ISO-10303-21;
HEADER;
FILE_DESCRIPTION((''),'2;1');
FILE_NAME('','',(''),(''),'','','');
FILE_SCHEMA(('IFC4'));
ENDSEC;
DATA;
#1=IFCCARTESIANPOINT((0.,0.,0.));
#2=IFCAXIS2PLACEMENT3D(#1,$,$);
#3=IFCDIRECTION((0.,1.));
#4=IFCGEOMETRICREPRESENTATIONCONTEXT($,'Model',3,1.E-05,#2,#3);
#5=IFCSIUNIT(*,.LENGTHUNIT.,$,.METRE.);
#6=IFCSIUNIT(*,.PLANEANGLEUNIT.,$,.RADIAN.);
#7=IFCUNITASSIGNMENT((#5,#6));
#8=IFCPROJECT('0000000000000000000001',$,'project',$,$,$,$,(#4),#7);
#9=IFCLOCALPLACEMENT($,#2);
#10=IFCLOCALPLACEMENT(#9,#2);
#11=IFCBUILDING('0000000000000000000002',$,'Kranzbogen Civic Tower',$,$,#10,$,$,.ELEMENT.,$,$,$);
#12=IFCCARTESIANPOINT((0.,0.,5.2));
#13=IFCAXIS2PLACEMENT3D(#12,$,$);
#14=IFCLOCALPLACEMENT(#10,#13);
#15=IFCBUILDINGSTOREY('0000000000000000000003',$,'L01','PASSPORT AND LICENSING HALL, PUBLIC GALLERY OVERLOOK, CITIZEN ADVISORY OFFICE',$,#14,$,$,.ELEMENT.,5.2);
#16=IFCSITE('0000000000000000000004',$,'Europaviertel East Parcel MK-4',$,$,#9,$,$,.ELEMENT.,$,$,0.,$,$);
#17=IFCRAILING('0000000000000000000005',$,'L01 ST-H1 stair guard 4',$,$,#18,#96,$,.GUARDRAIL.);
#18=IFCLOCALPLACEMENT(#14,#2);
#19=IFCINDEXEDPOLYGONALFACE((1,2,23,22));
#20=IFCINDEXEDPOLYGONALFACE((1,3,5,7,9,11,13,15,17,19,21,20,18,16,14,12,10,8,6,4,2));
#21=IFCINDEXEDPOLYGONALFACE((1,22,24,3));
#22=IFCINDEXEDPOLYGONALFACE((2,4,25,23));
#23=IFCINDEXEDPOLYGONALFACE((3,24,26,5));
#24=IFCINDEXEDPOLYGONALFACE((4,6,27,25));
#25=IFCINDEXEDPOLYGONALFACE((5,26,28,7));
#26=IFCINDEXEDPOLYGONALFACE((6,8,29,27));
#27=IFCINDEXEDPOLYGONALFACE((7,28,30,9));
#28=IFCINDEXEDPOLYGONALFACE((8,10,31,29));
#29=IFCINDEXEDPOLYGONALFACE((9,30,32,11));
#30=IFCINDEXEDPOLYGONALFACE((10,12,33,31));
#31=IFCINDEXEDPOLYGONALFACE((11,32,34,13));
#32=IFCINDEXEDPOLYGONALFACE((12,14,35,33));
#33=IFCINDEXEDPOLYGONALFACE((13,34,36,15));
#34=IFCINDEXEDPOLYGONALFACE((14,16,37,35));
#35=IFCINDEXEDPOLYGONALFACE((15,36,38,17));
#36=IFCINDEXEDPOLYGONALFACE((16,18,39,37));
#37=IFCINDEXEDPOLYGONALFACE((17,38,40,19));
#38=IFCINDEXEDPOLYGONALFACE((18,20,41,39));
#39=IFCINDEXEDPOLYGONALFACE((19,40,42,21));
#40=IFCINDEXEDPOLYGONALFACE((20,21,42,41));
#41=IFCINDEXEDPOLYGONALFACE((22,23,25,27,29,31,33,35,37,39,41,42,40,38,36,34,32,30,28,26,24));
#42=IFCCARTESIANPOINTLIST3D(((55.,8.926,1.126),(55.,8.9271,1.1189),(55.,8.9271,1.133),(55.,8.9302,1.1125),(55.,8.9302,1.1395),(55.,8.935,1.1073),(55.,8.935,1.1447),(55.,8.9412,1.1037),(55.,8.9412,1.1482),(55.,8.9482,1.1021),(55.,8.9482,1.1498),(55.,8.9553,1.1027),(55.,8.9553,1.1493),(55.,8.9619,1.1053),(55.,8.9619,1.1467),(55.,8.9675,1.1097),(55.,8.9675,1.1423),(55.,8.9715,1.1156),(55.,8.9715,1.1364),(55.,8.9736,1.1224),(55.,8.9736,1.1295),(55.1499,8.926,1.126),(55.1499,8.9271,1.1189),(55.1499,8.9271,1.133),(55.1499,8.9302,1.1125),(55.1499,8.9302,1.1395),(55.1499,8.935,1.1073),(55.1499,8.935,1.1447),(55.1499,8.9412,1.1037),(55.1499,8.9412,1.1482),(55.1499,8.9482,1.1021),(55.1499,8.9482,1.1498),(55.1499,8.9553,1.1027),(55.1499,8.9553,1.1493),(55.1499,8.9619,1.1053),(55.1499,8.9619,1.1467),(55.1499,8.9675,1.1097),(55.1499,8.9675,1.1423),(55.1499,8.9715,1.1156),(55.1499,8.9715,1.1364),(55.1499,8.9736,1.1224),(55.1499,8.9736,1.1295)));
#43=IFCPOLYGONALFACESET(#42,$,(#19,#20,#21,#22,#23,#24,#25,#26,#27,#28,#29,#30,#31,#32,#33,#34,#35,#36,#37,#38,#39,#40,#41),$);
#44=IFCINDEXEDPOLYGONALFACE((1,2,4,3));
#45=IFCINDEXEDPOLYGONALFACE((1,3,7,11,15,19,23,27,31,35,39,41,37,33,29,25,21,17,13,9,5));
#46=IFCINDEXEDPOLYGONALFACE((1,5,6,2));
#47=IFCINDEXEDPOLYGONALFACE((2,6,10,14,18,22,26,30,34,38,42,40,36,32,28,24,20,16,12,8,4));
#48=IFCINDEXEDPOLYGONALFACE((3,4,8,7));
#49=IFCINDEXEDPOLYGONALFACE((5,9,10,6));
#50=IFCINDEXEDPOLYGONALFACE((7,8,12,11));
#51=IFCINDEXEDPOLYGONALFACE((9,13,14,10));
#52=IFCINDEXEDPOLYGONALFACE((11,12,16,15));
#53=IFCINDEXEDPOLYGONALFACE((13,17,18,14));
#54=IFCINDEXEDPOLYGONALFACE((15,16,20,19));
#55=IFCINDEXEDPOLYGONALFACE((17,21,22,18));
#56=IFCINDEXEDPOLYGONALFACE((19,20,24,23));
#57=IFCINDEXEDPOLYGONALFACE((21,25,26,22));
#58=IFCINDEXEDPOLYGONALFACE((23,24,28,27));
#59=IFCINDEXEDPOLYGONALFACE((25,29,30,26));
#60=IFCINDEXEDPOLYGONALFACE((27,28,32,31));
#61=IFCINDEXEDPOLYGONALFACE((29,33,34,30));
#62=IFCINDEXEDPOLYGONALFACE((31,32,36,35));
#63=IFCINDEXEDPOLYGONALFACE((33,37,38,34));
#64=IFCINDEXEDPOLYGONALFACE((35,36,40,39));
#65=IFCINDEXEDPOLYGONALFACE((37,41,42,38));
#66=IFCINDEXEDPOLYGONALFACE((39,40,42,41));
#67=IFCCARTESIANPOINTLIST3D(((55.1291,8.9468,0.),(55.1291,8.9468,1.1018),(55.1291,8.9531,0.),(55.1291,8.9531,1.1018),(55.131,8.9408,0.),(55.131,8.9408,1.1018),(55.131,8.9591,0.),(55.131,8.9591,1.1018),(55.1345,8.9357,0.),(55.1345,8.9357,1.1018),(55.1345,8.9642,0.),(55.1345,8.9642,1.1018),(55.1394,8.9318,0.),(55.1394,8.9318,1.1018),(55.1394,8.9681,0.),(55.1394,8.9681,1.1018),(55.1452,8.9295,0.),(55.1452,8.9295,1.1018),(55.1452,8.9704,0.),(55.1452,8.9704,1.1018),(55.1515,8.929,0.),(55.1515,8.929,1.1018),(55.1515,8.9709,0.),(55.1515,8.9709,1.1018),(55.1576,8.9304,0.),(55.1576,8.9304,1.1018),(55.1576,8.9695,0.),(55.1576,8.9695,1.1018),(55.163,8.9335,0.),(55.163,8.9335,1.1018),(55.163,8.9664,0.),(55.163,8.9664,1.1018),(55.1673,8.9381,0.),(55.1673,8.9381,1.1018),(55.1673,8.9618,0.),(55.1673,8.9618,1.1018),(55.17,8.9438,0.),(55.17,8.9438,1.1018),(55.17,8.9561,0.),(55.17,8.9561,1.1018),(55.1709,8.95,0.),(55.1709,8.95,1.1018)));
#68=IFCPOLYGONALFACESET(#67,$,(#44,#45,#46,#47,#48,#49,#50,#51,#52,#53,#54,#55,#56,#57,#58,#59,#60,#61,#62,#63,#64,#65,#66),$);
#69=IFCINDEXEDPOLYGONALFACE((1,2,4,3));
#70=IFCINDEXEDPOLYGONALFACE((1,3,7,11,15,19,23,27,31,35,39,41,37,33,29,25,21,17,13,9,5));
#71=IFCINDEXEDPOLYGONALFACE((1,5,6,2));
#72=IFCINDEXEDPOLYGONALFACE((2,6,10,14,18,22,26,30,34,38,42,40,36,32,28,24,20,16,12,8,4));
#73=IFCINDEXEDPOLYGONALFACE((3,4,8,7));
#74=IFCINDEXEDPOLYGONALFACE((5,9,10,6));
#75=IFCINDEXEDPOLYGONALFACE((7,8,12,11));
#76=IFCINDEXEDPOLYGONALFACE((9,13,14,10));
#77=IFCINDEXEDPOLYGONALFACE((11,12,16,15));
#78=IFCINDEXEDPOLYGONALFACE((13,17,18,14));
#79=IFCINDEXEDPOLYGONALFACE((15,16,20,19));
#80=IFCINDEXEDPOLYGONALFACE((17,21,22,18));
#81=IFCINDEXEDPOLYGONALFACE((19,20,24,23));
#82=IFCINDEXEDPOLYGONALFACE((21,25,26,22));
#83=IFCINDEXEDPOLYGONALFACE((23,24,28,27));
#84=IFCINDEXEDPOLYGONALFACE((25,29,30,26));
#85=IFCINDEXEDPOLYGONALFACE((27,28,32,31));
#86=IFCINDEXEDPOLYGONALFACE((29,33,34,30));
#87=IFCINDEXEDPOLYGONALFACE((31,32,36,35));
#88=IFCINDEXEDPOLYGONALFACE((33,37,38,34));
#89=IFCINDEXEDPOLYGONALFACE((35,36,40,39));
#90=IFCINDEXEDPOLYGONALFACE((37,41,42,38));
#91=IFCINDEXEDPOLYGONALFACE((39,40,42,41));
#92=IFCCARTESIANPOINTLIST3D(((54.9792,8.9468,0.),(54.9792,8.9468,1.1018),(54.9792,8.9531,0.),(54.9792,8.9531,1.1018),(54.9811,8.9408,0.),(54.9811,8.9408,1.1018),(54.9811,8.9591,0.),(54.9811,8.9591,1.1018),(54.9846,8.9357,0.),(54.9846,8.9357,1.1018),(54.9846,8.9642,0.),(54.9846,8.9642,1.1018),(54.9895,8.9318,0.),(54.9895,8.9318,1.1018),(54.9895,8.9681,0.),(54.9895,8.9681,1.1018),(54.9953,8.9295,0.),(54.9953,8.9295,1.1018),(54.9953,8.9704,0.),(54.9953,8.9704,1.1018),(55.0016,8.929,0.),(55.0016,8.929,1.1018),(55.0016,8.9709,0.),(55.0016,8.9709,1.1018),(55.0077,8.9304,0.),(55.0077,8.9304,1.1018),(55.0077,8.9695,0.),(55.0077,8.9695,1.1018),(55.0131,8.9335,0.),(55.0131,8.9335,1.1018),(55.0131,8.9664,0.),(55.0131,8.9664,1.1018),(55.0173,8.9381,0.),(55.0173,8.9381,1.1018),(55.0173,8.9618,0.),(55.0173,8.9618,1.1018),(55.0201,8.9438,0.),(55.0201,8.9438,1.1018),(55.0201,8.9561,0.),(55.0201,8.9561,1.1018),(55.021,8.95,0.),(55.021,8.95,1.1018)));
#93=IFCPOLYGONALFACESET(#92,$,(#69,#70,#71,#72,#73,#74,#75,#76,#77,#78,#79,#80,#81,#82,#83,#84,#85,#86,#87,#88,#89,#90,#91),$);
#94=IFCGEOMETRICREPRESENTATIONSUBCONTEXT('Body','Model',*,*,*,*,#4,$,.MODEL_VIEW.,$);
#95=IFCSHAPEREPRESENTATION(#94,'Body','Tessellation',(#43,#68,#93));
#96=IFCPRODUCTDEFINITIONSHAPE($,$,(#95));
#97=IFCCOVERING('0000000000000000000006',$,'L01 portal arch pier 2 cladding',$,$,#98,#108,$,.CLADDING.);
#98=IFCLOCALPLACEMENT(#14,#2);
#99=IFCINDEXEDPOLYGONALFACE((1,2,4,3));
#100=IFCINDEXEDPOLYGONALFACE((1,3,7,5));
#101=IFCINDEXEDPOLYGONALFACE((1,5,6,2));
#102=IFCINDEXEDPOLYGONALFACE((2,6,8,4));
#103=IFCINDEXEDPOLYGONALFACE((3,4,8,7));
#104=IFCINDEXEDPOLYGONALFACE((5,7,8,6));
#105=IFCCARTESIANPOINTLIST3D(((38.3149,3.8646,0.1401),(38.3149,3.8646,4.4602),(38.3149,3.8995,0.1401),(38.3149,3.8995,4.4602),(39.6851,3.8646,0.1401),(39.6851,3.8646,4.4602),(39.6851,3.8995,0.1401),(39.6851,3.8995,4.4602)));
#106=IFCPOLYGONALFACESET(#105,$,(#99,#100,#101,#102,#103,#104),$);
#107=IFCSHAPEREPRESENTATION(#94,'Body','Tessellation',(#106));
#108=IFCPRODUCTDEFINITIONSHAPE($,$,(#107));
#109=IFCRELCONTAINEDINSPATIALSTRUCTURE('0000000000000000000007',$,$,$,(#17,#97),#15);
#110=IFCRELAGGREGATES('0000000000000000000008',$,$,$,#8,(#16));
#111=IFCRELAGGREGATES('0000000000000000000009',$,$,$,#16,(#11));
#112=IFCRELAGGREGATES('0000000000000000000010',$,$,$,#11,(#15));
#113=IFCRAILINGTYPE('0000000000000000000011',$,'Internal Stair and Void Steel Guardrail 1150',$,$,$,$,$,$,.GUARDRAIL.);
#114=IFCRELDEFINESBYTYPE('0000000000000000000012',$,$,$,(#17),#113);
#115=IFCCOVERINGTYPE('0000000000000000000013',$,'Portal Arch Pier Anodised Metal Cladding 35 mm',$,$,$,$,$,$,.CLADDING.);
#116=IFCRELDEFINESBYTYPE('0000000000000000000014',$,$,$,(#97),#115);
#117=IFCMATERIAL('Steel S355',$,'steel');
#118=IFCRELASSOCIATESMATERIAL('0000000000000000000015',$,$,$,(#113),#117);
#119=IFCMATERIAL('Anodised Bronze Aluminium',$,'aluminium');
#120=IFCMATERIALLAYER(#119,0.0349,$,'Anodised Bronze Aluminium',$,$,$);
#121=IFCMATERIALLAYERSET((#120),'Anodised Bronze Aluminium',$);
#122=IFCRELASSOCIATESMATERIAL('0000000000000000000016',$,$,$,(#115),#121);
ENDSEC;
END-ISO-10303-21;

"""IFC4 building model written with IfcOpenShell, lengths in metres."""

from ifc_helpers import new_model, si_unit, direction, frame, origin, origin_2d, place, context, subcontext, project, spatial, rectangle, circle, extrude, material, layer, layer_set, type_object, element, save


model = new_model("IFC4")

# Units and contexts
model_context = context("Model", 3, precision=1e-05, world=origin(), true_north=direction((0.0, 1.0)))
body_context = subcontext(model_context, "Body", "Model", "MODEL_VIEW")
ifc_project = project(units=[si_unit("LENGTHUNIT", "METRE"), si_unit("PLANEANGLEUNIT", "RADIAN")], contexts=[model_context])

# Site, building, storey
site_placement = place(None, origin())
site = spatial("IfcSite", under=ifc_project, at=site_placement, Name="Europaviertel East Parcel MK-4", CompositionType="ELEMENT", RefElevation=0.0)
building_placement = place(site_placement, origin())
building = spatial("IfcBuilding", under=site, at=building_placement, Name="Kranzbogen Civic Tower", CompositionType="ELEMENT")
storey_placement = place(building_placement, frame((0.0, 0.0, 5.2)))
storey = spatial("IfcBuildingStorey", under=building, at=storey_placement, Name="L01", Description="PASSPORT AND LICENSING HALL, PUBLIC GALLERY OVERLOOK, CITIZEN ADVISORY OFFICE", CompositionType="ELEMENT", Elevation=5.2)

# Shared definitions
ifc_material_1 = material(Name="Steel S355", Category="steel")

# Railing
railing_type_1 = type_object("IfcRailingType", Name="Internal Stair and Void Steel Guardrail 1150", PredefinedType="GUARDRAIL", material=ifc_material_1)
railing_1_placement = place(storey_placement, frame((55.1499, 8.95, 0.0)))
element("IfcRailing", 1, at=railing_1_placement, inside=storey, type_object=railing_type_1, Name="L01 ST-H1 stair guard 4", PredefinedType="GUARDRAIL", context=body_context, shape_type="SweptSolid", body=[
    extrude(circle(Radius=0.0239, at=origin_2d()), frame((0.0, 0.0, 1.126), z_axis=(-1.0, 0.0, 0.0), x_axis=(0.0, -1.0, 0.0)), (0.0, 0.0, 1.0), 0.1499),
    extrude(circle(Radius=0.021, at=origin_2d()), origin(), (0.0, 0.0, 1.0), 1.1018),
    extrude(circle(Radius=0.021, at=origin_2d()), frame((-0.1499, 0.0, 0.0)), (0.0, 0.0, 1.0), 1.1018),
])

# Covering
ifc_material_2 = material(Name="Anodised Bronze Aluminium", Category="aluminium")
ifc_layer_1 = layer(ifc_material_2, 0.0349, Name="Anodised Bronze Aluminium")
ifc_layer_set_1 = layer_set([ifc_layer_1], Name="Anodised Bronze Aluminium")
covering_type = type_object("IfcCoveringType", Name="Portal Arch Pier Anodised Metal Cladding 35 mm", PredefinedType="CLADDING", material=ifc_layer_set_1)
covering_placement = place(storey_placement, frame((39.0, 3.8821, 0.1401), z_axis=(0.0, 0.0, 1.0), x_axis=(1.0, 0.0, 0.0)))
element("IfcCovering", 2, at=covering_placement, inside=storey, type_object=covering_type, Name="L01 portal arch pier 2 cladding", PredefinedType="CLADDING", context=body_context, shape_type="SweptSolid", body=[
    extrude(rectangle(XDim=1.3701, YDim=0.0349, at=origin_2d()), origin(), (0.0, 0.0, 1.0), 4.3201),
])

save(model, "model.ifc")
